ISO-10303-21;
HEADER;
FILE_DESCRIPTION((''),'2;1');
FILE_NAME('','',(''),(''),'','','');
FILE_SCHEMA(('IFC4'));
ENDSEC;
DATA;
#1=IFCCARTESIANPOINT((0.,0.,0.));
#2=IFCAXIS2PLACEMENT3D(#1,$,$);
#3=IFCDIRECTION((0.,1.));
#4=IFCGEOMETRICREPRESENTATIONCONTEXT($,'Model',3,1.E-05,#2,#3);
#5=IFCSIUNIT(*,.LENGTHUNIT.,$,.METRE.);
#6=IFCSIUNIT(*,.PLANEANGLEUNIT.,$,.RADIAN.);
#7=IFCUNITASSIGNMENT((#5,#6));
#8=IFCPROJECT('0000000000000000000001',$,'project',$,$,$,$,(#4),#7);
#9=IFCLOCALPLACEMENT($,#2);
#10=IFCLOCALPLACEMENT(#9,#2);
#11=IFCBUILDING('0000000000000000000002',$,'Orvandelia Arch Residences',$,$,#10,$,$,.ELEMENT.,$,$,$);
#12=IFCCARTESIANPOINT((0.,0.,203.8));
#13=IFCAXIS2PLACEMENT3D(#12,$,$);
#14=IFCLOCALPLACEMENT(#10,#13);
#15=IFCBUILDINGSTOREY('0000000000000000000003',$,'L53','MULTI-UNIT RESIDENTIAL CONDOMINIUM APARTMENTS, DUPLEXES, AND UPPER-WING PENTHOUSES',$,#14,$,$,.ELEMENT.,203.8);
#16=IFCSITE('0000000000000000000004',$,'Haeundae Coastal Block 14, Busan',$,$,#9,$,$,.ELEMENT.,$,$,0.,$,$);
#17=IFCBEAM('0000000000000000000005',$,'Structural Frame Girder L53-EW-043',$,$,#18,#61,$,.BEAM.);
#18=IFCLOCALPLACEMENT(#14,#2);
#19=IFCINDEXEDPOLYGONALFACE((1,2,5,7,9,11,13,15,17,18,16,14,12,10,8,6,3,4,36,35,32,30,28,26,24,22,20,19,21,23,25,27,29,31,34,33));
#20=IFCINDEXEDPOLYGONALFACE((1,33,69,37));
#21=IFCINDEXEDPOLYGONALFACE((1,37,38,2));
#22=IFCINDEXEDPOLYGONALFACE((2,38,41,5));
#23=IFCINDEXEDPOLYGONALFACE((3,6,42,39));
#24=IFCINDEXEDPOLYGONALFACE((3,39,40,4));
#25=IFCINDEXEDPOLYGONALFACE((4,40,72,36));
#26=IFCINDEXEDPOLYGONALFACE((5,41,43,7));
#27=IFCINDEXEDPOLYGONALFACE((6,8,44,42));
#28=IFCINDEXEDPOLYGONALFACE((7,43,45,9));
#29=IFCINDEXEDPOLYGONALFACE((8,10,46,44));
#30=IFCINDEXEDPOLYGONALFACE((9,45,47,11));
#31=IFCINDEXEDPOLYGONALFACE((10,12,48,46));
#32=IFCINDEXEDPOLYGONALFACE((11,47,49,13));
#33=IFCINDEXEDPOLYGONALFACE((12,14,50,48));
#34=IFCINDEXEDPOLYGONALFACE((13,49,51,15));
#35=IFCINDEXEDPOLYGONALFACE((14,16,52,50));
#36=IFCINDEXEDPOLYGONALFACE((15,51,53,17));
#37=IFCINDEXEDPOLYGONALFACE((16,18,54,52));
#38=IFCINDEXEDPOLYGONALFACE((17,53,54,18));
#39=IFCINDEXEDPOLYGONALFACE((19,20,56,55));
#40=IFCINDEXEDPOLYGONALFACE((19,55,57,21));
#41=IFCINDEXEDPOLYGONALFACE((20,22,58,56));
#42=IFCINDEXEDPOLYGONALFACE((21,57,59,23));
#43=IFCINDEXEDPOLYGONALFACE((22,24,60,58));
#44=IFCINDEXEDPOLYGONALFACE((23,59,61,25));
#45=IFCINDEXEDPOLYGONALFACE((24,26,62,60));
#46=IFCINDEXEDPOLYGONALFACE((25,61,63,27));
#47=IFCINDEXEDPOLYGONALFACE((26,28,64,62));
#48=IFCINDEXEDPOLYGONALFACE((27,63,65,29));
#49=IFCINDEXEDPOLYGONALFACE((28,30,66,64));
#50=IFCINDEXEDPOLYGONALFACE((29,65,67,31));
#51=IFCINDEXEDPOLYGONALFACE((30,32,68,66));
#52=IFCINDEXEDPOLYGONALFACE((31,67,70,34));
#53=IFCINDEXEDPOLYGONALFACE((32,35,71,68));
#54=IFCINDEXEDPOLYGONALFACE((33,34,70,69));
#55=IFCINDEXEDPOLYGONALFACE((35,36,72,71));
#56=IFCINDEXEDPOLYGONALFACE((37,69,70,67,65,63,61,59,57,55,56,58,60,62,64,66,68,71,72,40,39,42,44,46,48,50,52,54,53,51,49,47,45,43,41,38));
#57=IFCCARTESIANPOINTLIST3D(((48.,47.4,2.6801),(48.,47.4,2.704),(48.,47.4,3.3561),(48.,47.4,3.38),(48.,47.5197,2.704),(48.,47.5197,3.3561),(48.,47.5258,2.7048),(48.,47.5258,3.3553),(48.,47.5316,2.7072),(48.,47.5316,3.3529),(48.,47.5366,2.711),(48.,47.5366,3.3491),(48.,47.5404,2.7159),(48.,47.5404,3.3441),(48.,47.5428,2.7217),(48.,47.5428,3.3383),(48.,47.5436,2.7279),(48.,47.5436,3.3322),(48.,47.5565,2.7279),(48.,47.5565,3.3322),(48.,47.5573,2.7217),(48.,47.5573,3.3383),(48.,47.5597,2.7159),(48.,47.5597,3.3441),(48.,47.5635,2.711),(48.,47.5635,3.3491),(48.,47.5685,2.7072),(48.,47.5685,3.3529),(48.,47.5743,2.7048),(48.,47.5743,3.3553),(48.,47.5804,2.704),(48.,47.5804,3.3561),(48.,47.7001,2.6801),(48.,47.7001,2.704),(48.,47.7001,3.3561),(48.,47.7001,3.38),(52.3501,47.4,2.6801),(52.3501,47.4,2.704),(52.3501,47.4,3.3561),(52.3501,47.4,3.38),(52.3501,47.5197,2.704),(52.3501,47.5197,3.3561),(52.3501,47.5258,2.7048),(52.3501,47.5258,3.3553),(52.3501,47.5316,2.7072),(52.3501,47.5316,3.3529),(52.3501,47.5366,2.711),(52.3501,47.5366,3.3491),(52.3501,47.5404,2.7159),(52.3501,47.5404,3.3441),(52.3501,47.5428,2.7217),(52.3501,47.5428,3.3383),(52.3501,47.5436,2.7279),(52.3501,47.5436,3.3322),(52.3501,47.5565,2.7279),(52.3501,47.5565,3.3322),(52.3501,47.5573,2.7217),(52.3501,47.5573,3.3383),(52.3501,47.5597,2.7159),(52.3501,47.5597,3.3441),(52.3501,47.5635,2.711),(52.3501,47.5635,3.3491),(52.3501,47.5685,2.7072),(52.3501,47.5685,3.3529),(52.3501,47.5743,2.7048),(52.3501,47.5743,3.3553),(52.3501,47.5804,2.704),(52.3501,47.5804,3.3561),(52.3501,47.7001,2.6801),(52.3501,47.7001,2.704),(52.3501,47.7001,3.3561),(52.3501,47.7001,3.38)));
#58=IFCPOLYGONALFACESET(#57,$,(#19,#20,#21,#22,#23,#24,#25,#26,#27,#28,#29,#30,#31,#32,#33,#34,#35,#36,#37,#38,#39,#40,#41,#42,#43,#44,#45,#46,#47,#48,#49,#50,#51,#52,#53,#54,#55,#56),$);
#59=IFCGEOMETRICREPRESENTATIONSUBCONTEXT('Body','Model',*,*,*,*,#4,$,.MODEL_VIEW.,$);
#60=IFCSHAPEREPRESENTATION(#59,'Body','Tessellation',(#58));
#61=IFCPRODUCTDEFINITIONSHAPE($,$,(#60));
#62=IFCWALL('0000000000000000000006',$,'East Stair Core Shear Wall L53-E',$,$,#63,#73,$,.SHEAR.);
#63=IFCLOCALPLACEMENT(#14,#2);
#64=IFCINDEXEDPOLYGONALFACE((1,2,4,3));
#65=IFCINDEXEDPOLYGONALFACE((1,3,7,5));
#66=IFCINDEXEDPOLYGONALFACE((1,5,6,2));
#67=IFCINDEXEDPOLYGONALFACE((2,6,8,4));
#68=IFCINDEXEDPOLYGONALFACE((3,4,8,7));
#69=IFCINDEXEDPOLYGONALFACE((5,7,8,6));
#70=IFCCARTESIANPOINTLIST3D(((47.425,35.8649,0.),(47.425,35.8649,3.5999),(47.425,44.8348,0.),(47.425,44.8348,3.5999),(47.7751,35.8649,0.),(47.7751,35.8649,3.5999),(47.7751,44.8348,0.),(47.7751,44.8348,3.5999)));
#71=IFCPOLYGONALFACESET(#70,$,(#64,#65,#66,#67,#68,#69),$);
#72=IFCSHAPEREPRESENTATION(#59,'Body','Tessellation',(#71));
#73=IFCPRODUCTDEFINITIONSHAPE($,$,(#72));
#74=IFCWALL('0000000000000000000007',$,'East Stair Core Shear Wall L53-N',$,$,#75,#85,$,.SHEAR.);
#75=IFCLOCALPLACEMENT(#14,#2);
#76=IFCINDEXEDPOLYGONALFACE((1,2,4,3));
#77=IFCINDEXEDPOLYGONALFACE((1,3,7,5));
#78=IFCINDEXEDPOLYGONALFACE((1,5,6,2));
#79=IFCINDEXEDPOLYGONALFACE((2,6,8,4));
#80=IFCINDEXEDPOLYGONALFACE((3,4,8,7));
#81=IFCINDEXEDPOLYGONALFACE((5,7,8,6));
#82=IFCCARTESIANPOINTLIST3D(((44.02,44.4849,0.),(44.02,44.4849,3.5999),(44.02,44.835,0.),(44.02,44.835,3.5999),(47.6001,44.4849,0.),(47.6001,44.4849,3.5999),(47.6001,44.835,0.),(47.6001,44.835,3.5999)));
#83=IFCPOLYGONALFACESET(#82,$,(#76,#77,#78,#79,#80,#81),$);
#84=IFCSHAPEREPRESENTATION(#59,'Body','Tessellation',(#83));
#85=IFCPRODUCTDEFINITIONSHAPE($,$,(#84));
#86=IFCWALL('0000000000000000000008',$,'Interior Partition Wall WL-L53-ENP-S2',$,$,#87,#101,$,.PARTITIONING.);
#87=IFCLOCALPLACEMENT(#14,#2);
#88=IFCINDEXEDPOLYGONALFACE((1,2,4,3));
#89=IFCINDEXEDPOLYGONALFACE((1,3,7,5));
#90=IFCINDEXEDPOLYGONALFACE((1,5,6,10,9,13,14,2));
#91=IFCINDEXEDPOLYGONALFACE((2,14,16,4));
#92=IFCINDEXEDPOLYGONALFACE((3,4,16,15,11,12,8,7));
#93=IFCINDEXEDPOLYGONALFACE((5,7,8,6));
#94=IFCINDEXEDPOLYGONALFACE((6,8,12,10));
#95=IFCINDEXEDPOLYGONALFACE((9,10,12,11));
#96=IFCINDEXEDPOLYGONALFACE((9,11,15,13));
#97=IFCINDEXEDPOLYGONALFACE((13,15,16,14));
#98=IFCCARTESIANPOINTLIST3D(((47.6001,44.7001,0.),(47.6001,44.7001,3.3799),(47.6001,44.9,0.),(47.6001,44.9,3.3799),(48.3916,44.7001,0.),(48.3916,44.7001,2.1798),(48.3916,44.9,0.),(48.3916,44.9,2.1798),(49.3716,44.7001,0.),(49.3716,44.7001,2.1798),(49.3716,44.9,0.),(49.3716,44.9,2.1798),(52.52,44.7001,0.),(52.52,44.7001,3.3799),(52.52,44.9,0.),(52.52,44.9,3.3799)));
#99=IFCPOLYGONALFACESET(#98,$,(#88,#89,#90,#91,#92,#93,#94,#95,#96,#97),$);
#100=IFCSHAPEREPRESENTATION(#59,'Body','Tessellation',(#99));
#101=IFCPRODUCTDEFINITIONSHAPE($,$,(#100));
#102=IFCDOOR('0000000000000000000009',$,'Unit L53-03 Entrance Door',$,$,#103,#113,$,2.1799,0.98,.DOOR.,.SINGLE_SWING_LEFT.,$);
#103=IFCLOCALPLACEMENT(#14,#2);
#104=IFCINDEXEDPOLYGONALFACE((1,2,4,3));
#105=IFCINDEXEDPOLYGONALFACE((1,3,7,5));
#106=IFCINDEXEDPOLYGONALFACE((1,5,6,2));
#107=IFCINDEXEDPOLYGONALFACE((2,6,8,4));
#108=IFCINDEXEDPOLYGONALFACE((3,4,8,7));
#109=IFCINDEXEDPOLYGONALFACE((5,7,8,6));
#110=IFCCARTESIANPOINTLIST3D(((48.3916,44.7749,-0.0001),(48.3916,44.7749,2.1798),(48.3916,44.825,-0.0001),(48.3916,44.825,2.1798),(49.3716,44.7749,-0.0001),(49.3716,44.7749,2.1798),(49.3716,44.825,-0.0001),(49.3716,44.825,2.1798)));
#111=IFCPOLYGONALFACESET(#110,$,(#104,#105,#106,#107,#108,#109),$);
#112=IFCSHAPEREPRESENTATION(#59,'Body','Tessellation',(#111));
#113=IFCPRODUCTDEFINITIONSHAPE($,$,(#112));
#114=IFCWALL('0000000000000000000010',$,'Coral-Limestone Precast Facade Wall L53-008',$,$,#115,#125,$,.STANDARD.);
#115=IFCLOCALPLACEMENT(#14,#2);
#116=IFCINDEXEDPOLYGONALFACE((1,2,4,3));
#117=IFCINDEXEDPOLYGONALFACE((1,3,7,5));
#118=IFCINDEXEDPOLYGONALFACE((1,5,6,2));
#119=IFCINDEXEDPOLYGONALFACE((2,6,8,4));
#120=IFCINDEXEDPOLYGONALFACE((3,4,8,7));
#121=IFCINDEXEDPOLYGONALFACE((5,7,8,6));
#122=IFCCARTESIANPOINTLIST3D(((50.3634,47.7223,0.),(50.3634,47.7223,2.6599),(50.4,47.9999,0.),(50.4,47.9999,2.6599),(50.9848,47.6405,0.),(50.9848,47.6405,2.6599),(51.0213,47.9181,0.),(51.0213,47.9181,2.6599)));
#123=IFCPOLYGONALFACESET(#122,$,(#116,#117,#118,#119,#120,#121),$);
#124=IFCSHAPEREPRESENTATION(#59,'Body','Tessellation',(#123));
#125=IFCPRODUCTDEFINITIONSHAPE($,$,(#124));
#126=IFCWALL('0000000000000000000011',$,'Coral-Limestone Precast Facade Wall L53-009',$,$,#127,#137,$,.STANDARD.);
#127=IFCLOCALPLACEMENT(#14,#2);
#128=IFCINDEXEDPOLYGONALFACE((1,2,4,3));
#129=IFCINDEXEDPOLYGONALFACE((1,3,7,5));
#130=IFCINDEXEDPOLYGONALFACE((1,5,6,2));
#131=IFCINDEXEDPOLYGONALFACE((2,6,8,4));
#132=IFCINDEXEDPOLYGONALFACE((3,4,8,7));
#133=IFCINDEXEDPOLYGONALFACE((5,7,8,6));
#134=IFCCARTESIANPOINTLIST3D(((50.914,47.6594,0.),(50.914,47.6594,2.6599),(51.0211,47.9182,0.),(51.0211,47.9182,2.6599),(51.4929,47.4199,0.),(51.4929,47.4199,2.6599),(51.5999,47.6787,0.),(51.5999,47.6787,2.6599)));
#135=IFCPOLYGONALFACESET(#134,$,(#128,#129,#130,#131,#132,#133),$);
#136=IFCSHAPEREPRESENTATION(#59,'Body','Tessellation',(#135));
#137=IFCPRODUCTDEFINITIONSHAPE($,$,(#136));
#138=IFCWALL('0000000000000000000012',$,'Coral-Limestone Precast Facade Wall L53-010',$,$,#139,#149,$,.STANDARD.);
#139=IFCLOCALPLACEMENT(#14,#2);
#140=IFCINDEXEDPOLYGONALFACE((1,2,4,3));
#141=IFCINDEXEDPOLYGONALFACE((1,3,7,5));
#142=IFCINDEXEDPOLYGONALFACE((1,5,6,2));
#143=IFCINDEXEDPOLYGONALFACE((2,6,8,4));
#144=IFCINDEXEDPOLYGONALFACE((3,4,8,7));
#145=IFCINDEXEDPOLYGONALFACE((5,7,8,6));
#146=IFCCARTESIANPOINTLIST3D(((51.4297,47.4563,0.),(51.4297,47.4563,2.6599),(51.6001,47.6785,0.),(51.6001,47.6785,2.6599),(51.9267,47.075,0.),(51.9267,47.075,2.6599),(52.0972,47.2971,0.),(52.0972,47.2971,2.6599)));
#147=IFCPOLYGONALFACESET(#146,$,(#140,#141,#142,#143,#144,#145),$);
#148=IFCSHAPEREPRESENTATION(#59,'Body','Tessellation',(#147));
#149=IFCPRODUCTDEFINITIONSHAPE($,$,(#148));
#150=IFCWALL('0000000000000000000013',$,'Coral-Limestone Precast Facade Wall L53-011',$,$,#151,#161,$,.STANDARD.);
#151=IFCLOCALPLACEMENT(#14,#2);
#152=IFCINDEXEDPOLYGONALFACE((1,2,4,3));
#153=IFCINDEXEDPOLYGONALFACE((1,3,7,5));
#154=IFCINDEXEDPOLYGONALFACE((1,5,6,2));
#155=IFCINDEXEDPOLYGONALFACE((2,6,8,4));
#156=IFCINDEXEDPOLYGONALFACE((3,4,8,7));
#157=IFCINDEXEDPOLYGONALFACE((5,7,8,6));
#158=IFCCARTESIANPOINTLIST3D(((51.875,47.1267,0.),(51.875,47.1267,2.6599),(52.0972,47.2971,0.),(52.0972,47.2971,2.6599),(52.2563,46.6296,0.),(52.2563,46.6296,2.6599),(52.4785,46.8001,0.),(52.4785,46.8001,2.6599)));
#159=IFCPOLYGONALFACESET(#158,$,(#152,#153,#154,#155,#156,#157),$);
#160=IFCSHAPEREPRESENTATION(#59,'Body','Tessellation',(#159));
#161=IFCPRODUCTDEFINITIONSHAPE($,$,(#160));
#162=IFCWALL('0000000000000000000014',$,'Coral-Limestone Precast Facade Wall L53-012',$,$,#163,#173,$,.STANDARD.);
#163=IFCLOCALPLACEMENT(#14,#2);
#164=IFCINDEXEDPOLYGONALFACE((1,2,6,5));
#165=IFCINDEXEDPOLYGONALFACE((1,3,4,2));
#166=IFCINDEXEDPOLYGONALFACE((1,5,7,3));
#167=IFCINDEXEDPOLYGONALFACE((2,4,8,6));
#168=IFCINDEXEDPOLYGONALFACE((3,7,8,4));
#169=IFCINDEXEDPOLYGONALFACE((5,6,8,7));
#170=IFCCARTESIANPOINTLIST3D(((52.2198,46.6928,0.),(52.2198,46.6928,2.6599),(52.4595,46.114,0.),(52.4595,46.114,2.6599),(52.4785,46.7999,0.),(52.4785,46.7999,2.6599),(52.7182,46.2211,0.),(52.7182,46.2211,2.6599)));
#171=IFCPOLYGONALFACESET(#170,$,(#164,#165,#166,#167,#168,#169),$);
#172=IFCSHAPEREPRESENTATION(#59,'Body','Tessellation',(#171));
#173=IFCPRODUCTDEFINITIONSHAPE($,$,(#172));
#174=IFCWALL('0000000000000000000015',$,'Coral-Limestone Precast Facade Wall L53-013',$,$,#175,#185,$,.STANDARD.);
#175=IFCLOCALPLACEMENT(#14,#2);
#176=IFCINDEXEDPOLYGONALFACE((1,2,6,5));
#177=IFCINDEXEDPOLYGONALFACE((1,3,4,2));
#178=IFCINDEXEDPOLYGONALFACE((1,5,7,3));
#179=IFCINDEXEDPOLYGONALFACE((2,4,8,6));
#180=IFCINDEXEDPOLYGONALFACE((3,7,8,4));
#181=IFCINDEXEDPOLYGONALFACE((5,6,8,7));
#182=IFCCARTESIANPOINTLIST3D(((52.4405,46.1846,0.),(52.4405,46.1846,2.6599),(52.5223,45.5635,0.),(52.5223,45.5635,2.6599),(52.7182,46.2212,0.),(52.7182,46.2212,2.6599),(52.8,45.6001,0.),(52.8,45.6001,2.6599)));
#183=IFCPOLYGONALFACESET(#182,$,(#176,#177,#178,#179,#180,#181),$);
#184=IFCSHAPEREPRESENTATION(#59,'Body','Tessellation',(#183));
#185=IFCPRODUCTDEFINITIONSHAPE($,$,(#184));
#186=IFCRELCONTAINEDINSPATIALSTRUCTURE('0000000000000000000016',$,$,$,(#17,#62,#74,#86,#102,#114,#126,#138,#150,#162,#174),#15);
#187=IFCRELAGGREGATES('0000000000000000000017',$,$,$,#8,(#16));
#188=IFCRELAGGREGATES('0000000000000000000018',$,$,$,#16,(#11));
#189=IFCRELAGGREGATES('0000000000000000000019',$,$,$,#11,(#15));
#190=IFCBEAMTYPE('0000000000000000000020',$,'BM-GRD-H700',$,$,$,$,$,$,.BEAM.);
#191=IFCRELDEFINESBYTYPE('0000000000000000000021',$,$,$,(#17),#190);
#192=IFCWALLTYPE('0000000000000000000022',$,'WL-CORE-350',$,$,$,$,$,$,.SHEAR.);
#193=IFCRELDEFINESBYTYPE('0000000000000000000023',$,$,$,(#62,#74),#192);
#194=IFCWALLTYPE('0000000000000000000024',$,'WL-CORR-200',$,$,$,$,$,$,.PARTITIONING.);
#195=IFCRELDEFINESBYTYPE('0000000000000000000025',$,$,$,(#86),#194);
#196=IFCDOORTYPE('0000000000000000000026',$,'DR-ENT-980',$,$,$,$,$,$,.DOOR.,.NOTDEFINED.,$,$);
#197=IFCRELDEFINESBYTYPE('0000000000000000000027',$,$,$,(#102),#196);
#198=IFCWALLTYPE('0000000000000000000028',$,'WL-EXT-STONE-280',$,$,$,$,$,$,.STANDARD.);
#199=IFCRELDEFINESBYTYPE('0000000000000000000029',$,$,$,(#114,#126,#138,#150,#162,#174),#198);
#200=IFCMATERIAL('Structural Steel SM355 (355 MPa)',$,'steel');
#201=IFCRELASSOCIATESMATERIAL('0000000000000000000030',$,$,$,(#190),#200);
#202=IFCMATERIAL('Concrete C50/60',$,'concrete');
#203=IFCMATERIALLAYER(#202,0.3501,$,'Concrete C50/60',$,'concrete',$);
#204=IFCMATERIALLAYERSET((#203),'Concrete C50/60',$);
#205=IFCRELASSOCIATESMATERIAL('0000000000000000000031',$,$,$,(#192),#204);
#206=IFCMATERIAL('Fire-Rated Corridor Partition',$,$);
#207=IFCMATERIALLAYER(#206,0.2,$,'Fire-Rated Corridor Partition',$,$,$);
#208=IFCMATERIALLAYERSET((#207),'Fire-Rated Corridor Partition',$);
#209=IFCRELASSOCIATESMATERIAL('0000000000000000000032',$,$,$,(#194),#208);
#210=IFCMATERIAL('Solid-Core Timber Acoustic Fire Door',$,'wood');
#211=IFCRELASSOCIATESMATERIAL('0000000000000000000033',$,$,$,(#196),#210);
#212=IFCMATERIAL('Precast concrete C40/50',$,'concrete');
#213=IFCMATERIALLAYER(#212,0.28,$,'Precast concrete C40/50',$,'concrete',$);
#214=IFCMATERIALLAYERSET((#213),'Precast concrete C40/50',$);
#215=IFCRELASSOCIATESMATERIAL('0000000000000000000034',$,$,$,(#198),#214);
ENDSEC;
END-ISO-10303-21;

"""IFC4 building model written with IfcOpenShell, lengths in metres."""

from ifc_helpers import new_model, si_unit, direction, frame, frame_2d, origin, origin_2d, place, context, subcontext, project, spatial, rectangle, i_section, extrude, material, layer, layer_set, material_profile, profile_set, type_object, element, fill, save


model = new_model("IFC4")

# Units and contexts
model_context = context("Model", 3, precision=1e-05, world=origin(), true_north=direction((0.0, 1.0)))
body_context = subcontext(model_context, "Body", "Model", "MODEL_VIEW")
ifc_project = project(units=[si_unit("LENGTHUNIT", "METRE"), si_unit("PLANEANGLEUNIT", "RADIAN")], contexts=[model_context])

# Site, building, storey
site_placement = place(None, origin())
site = spatial("IfcSite", under=ifc_project, at=site_placement, Name="Haeundae Coastal Block 14, Busan", CompositionType="ELEMENT", RefElevation=0.0)
building_placement = place(site_placement, origin())
building = spatial("IfcBuilding", under=site, at=building_placement, Name="Orvandelia Arch Residences", CompositionType="ELEMENT")
storey_placement = place(building_placement, frame((0.0, 0.0, 203.8)))
storey = spatial("IfcBuildingStorey", under=building, at=storey_placement, Name="L53", Description="MULTI-UNIT RESIDENTIAL CONDOMINIUM APARTMENTS, DUPLEXES, AND UPPER-WING PENTHOUSES", CompositionType="ELEMENT", Elevation=203.8)

# Beam
ifc_material_1 = material(Name="Structural Steel SM355 (355 MPa)", Category="steel")
ifc_material_profile_1 = material_profile(ifc_material_1, i_section(OverallWidth=0.3, OverallDepth=0.7, WebThickness=0.0129, FlangeThickness=0.0239, FilletRadius=0.0239, at=origin_2d()), Name="Structural Steel SM355 (355 MPa)", Category="steel")
ifc_profile_set_1 = profile_set([ifc_material_profile_1], Name="Structural Steel SM355 (355 MPa)")
beam_type = type_object("IfcBeamType", Name="BM-GRD-H700", PredefinedType="BEAM", material=ifc_profile_set_1)
for number, where, z_axis, x_axis, name in (
    (1, (48.0, 47.55, 3.03), (1.0, 0.0, 0.0), (0.0, 1.0, 0.0), "Structural Frame Girder L53-EW-043"),
):
    element("IfcBeam", number, at=place(storey_placement, frame(where, z_axis=z_axis, x_axis=x_axis)), inside=storey, type_object=beam_type, Name=name, PredefinedType="BEAM", context=body_context, shape_type="SweptSolid", body=[
        extrude(i_section(OverallWidth=0.3, OverallDepth=0.7, WebThickness=0.0129, FlangeThickness=0.0239, FilletRadius=0.0239, at=origin_2d()), origin(), (0.0, 0.0, 1.0), 4.3501),
    ])

# Walls
ifc_material_2 = material(Name="Concrete C50/60", Category="concrete")
ifc_layer_1 = layer(ifc_material_2, 0.3501, Name="Concrete C50/60", Category="concrete")
ifc_layer_set_1 = layer_set([ifc_layer_1], Name="Concrete C50/60")
wall_type_1 = type_object("IfcWallType", Name="WL-CORE-350", PredefinedType="SHEAR", material=ifc_layer_set_1)
wall_1_placement = place(storey_placement, frame((47.6001, 35.865, 0.0), z_axis=(0.0, 0.0, 1.0), x_axis=(0.0, 1.0, 0.0)))
element("IfcWall", 2, at=wall_1_placement, inside=storey, type_object=wall_type_1, Name="East Stair Core Shear Wall L53-E", PredefinedType="SHEAR", context=body_context, shape_type="SweptSolid", body=[
    extrude(rectangle(XDim=8.97, YDim=0.3501, at=frame_2d((4.4849, 0.0))), origin(), (0.0, 0.0, 1.0), 3.5999),
])
wall_2_placement = place(storey_placement, frame((44.02, 44.6599, 0.0), z_axis=(0.0, 0.0, 1.0), x_axis=(1.0, 0.0, 0.0)))
element("IfcWall", 3, at=wall_2_placement, inside=storey, type_object=wall_type_1, Name="East Stair Core Shear Wall L53-N", PredefinedType="SHEAR", context=body_context, shape_type="SweptSolid", body=[
    extrude(rectangle(XDim=3.5801, YDim=0.3501, at=frame_2d((1.79, 0.0))), origin(), (0.0, 0.0, 1.0), 3.5999),
])

# Wall, opening, door
ifc_material_3 = material(Name="Fire-Rated Corridor Partition")
ifc_layer_2 = layer(ifc_material_3, 0.2, Name="Fire-Rated Corridor Partition")
ifc_layer_set_2 = layer_set([ifc_layer_2], Name="Fire-Rated Corridor Partition")
wall_type_2 = type_object("IfcWallType", Name="WL-CORR-200", PredefinedType="PARTITIONING", material=ifc_layer_set_2)
wall_3_placement = place(storey_placement, frame((47.6001, 44.8, 0.0), z_axis=(0.0, 0.0, 1.0), x_axis=(1.0, 0.0, 0.0)))
wall_3 = element("IfcWall", 4, at=wall_3_placement, inside=storey, type_object=wall_type_2, Name="Interior Partition Wall WL-L53-ENP-S2", PredefinedType="PARTITIONING", context=body_context, shape_type="SweptSolid", body=[
    extrude(rectangle(XDim=4.9199, YDim=0.2, at=frame_2d((2.46, 0.0))), origin(), (0.0, 0.0, 1.0), 3.3799),
])
opening_1_placement = place(wall_3_placement, frame((0.7915, 0.0, 0.0)))
opening_1 = element("IfcOpeningElement", 5, at=opening_1_placement, cuts=wall_3, PredefinedType="OPENING", context=body_context, shape_type="SweptSolid", body=[
    extrude(rectangle(XDim=0.98, YDim=2.1799, at=frame_2d((0.49, 1.0898))), frame((0.0, 0.1099, 0.0), z_axis=(0.0, -1.0, 0.0), x_axis=(1.0, 0.0, 0.0)), (0.0, 0.0, 1.0), 0.22),
])
ifc_material_4 = material(Name="Solid-Core Timber Acoustic Fire Door", Category="wood")
door_type = type_object("IfcDoorType", Name="DR-ENT-980", OperationType="NOTDEFINED", PredefinedType="DOOR", material=ifc_material_4)
door_placement = place(opening_1_placement, origin())
door = element("IfcDoor", 6, at=door_placement, inside=storey, type_object=door_type, Name="Unit L53-03 Entrance Door", OperationType="SINGLE_SWING_LEFT", OverallHeight=2.1799, OverallWidth=0.98, PredefinedType="DOOR", context=body_context, shape_type="SweptSolid", body=[
    extrude(rectangle(XDim=0.98, YDim=2.1799, at=frame_2d((0.49, 1.0898))), frame((0.0, 0.0249, 0.0), z_axis=(0.0, -1.0, 0.0), x_axis=(1.0, 0.0, 0.0)), (0.0, 0.0, 1.0), 0.05),
])
fill(opening_1, door)

# Walls
ifc_material_5 = material(Name="Precast concrete C40/50", Category="concrete")
ifc_layer_3 = layer(ifc_material_5, 0.28, Name="Precast concrete C40/50", Category="concrete")
ifc_layer_set_3 = layer_set([ifc_layer_3], Name="Precast concrete C40/50")
wall_type_3 = type_object("IfcWallType", Name="WL-EXT-STONE-280", PredefinedType="STANDARD", material=ifc_layer_set_3)
wall_4_placement = place(storey_placement, frame((50.3816, 47.8611, 0.0), z_axis=(0.0, 0.0, 1.0), x_axis=(0.991448, -0.130505, 0.0)))
element("IfcWall", 7, at=wall_4_placement, inside=storey, type_object=wall_type_3, Name="Coral-Limestone Precast Facade Wall L53-008", PredefinedType="STANDARD", context=body_context, shape_type="SweptSolid", body=[
    extrude(rectangle(XDim=0.6267, YDim=0.28, at=frame_2d((0.3135, 0.0))), origin(), (0.0, 0.0, 1.0), 2.6599),
])
for number, where, z_axis, x_axis, name in (
    (8, (50.9675, 47.7888, 0.0), (0.0, 0.0, 1.0), (0.924031, -0.382317, 0.0), "Coral-Limestone Precast Facade Wall L53-009"),
    (9, (51.5149, 47.5674, 0.0), (0.0, 0.0, 1.0), (0.793406, -0.608693, 0.0), "Coral-Limestone Precast Facade Wall L53-010"),
    (10, (51.9861, 47.2119, 0.0), (0.0, 0.0, 1.0), (0.608693, -0.793406, 0.0), "Coral-Limestone Precast Facade Wall L53-011"),
    (11, (52.3491, 46.7463, 0.0), (0.0, 0.0, 1.0), (0.38265, -0.923893, 0.0), "Coral-Limestone Precast Facade Wall L53-012"),
    (12, (52.5793, 46.2029, 0.0), (0.0, 0.0, 1.0), (0.130555, -0.991441, 0.0), "Coral-Limestone Precast Facade Wall L53-013"),
):
    element("IfcWall", number, at=place(storey_placement, frame(where, z_axis=z_axis, x_axis=x_axis)), inside=storey, type_object=wall_type_3, Name=name, PredefinedType="STANDARD", context=body_context, shape_type="SweptSolid", body=[
        extrude(rectangle(XDim=0.6265, YDim=0.28, at=frame_2d((0.3132, 0.0))), origin(), (0.0, 0.0, 1.0), 2.6599),
    ])

save(model, "model.ifc")
